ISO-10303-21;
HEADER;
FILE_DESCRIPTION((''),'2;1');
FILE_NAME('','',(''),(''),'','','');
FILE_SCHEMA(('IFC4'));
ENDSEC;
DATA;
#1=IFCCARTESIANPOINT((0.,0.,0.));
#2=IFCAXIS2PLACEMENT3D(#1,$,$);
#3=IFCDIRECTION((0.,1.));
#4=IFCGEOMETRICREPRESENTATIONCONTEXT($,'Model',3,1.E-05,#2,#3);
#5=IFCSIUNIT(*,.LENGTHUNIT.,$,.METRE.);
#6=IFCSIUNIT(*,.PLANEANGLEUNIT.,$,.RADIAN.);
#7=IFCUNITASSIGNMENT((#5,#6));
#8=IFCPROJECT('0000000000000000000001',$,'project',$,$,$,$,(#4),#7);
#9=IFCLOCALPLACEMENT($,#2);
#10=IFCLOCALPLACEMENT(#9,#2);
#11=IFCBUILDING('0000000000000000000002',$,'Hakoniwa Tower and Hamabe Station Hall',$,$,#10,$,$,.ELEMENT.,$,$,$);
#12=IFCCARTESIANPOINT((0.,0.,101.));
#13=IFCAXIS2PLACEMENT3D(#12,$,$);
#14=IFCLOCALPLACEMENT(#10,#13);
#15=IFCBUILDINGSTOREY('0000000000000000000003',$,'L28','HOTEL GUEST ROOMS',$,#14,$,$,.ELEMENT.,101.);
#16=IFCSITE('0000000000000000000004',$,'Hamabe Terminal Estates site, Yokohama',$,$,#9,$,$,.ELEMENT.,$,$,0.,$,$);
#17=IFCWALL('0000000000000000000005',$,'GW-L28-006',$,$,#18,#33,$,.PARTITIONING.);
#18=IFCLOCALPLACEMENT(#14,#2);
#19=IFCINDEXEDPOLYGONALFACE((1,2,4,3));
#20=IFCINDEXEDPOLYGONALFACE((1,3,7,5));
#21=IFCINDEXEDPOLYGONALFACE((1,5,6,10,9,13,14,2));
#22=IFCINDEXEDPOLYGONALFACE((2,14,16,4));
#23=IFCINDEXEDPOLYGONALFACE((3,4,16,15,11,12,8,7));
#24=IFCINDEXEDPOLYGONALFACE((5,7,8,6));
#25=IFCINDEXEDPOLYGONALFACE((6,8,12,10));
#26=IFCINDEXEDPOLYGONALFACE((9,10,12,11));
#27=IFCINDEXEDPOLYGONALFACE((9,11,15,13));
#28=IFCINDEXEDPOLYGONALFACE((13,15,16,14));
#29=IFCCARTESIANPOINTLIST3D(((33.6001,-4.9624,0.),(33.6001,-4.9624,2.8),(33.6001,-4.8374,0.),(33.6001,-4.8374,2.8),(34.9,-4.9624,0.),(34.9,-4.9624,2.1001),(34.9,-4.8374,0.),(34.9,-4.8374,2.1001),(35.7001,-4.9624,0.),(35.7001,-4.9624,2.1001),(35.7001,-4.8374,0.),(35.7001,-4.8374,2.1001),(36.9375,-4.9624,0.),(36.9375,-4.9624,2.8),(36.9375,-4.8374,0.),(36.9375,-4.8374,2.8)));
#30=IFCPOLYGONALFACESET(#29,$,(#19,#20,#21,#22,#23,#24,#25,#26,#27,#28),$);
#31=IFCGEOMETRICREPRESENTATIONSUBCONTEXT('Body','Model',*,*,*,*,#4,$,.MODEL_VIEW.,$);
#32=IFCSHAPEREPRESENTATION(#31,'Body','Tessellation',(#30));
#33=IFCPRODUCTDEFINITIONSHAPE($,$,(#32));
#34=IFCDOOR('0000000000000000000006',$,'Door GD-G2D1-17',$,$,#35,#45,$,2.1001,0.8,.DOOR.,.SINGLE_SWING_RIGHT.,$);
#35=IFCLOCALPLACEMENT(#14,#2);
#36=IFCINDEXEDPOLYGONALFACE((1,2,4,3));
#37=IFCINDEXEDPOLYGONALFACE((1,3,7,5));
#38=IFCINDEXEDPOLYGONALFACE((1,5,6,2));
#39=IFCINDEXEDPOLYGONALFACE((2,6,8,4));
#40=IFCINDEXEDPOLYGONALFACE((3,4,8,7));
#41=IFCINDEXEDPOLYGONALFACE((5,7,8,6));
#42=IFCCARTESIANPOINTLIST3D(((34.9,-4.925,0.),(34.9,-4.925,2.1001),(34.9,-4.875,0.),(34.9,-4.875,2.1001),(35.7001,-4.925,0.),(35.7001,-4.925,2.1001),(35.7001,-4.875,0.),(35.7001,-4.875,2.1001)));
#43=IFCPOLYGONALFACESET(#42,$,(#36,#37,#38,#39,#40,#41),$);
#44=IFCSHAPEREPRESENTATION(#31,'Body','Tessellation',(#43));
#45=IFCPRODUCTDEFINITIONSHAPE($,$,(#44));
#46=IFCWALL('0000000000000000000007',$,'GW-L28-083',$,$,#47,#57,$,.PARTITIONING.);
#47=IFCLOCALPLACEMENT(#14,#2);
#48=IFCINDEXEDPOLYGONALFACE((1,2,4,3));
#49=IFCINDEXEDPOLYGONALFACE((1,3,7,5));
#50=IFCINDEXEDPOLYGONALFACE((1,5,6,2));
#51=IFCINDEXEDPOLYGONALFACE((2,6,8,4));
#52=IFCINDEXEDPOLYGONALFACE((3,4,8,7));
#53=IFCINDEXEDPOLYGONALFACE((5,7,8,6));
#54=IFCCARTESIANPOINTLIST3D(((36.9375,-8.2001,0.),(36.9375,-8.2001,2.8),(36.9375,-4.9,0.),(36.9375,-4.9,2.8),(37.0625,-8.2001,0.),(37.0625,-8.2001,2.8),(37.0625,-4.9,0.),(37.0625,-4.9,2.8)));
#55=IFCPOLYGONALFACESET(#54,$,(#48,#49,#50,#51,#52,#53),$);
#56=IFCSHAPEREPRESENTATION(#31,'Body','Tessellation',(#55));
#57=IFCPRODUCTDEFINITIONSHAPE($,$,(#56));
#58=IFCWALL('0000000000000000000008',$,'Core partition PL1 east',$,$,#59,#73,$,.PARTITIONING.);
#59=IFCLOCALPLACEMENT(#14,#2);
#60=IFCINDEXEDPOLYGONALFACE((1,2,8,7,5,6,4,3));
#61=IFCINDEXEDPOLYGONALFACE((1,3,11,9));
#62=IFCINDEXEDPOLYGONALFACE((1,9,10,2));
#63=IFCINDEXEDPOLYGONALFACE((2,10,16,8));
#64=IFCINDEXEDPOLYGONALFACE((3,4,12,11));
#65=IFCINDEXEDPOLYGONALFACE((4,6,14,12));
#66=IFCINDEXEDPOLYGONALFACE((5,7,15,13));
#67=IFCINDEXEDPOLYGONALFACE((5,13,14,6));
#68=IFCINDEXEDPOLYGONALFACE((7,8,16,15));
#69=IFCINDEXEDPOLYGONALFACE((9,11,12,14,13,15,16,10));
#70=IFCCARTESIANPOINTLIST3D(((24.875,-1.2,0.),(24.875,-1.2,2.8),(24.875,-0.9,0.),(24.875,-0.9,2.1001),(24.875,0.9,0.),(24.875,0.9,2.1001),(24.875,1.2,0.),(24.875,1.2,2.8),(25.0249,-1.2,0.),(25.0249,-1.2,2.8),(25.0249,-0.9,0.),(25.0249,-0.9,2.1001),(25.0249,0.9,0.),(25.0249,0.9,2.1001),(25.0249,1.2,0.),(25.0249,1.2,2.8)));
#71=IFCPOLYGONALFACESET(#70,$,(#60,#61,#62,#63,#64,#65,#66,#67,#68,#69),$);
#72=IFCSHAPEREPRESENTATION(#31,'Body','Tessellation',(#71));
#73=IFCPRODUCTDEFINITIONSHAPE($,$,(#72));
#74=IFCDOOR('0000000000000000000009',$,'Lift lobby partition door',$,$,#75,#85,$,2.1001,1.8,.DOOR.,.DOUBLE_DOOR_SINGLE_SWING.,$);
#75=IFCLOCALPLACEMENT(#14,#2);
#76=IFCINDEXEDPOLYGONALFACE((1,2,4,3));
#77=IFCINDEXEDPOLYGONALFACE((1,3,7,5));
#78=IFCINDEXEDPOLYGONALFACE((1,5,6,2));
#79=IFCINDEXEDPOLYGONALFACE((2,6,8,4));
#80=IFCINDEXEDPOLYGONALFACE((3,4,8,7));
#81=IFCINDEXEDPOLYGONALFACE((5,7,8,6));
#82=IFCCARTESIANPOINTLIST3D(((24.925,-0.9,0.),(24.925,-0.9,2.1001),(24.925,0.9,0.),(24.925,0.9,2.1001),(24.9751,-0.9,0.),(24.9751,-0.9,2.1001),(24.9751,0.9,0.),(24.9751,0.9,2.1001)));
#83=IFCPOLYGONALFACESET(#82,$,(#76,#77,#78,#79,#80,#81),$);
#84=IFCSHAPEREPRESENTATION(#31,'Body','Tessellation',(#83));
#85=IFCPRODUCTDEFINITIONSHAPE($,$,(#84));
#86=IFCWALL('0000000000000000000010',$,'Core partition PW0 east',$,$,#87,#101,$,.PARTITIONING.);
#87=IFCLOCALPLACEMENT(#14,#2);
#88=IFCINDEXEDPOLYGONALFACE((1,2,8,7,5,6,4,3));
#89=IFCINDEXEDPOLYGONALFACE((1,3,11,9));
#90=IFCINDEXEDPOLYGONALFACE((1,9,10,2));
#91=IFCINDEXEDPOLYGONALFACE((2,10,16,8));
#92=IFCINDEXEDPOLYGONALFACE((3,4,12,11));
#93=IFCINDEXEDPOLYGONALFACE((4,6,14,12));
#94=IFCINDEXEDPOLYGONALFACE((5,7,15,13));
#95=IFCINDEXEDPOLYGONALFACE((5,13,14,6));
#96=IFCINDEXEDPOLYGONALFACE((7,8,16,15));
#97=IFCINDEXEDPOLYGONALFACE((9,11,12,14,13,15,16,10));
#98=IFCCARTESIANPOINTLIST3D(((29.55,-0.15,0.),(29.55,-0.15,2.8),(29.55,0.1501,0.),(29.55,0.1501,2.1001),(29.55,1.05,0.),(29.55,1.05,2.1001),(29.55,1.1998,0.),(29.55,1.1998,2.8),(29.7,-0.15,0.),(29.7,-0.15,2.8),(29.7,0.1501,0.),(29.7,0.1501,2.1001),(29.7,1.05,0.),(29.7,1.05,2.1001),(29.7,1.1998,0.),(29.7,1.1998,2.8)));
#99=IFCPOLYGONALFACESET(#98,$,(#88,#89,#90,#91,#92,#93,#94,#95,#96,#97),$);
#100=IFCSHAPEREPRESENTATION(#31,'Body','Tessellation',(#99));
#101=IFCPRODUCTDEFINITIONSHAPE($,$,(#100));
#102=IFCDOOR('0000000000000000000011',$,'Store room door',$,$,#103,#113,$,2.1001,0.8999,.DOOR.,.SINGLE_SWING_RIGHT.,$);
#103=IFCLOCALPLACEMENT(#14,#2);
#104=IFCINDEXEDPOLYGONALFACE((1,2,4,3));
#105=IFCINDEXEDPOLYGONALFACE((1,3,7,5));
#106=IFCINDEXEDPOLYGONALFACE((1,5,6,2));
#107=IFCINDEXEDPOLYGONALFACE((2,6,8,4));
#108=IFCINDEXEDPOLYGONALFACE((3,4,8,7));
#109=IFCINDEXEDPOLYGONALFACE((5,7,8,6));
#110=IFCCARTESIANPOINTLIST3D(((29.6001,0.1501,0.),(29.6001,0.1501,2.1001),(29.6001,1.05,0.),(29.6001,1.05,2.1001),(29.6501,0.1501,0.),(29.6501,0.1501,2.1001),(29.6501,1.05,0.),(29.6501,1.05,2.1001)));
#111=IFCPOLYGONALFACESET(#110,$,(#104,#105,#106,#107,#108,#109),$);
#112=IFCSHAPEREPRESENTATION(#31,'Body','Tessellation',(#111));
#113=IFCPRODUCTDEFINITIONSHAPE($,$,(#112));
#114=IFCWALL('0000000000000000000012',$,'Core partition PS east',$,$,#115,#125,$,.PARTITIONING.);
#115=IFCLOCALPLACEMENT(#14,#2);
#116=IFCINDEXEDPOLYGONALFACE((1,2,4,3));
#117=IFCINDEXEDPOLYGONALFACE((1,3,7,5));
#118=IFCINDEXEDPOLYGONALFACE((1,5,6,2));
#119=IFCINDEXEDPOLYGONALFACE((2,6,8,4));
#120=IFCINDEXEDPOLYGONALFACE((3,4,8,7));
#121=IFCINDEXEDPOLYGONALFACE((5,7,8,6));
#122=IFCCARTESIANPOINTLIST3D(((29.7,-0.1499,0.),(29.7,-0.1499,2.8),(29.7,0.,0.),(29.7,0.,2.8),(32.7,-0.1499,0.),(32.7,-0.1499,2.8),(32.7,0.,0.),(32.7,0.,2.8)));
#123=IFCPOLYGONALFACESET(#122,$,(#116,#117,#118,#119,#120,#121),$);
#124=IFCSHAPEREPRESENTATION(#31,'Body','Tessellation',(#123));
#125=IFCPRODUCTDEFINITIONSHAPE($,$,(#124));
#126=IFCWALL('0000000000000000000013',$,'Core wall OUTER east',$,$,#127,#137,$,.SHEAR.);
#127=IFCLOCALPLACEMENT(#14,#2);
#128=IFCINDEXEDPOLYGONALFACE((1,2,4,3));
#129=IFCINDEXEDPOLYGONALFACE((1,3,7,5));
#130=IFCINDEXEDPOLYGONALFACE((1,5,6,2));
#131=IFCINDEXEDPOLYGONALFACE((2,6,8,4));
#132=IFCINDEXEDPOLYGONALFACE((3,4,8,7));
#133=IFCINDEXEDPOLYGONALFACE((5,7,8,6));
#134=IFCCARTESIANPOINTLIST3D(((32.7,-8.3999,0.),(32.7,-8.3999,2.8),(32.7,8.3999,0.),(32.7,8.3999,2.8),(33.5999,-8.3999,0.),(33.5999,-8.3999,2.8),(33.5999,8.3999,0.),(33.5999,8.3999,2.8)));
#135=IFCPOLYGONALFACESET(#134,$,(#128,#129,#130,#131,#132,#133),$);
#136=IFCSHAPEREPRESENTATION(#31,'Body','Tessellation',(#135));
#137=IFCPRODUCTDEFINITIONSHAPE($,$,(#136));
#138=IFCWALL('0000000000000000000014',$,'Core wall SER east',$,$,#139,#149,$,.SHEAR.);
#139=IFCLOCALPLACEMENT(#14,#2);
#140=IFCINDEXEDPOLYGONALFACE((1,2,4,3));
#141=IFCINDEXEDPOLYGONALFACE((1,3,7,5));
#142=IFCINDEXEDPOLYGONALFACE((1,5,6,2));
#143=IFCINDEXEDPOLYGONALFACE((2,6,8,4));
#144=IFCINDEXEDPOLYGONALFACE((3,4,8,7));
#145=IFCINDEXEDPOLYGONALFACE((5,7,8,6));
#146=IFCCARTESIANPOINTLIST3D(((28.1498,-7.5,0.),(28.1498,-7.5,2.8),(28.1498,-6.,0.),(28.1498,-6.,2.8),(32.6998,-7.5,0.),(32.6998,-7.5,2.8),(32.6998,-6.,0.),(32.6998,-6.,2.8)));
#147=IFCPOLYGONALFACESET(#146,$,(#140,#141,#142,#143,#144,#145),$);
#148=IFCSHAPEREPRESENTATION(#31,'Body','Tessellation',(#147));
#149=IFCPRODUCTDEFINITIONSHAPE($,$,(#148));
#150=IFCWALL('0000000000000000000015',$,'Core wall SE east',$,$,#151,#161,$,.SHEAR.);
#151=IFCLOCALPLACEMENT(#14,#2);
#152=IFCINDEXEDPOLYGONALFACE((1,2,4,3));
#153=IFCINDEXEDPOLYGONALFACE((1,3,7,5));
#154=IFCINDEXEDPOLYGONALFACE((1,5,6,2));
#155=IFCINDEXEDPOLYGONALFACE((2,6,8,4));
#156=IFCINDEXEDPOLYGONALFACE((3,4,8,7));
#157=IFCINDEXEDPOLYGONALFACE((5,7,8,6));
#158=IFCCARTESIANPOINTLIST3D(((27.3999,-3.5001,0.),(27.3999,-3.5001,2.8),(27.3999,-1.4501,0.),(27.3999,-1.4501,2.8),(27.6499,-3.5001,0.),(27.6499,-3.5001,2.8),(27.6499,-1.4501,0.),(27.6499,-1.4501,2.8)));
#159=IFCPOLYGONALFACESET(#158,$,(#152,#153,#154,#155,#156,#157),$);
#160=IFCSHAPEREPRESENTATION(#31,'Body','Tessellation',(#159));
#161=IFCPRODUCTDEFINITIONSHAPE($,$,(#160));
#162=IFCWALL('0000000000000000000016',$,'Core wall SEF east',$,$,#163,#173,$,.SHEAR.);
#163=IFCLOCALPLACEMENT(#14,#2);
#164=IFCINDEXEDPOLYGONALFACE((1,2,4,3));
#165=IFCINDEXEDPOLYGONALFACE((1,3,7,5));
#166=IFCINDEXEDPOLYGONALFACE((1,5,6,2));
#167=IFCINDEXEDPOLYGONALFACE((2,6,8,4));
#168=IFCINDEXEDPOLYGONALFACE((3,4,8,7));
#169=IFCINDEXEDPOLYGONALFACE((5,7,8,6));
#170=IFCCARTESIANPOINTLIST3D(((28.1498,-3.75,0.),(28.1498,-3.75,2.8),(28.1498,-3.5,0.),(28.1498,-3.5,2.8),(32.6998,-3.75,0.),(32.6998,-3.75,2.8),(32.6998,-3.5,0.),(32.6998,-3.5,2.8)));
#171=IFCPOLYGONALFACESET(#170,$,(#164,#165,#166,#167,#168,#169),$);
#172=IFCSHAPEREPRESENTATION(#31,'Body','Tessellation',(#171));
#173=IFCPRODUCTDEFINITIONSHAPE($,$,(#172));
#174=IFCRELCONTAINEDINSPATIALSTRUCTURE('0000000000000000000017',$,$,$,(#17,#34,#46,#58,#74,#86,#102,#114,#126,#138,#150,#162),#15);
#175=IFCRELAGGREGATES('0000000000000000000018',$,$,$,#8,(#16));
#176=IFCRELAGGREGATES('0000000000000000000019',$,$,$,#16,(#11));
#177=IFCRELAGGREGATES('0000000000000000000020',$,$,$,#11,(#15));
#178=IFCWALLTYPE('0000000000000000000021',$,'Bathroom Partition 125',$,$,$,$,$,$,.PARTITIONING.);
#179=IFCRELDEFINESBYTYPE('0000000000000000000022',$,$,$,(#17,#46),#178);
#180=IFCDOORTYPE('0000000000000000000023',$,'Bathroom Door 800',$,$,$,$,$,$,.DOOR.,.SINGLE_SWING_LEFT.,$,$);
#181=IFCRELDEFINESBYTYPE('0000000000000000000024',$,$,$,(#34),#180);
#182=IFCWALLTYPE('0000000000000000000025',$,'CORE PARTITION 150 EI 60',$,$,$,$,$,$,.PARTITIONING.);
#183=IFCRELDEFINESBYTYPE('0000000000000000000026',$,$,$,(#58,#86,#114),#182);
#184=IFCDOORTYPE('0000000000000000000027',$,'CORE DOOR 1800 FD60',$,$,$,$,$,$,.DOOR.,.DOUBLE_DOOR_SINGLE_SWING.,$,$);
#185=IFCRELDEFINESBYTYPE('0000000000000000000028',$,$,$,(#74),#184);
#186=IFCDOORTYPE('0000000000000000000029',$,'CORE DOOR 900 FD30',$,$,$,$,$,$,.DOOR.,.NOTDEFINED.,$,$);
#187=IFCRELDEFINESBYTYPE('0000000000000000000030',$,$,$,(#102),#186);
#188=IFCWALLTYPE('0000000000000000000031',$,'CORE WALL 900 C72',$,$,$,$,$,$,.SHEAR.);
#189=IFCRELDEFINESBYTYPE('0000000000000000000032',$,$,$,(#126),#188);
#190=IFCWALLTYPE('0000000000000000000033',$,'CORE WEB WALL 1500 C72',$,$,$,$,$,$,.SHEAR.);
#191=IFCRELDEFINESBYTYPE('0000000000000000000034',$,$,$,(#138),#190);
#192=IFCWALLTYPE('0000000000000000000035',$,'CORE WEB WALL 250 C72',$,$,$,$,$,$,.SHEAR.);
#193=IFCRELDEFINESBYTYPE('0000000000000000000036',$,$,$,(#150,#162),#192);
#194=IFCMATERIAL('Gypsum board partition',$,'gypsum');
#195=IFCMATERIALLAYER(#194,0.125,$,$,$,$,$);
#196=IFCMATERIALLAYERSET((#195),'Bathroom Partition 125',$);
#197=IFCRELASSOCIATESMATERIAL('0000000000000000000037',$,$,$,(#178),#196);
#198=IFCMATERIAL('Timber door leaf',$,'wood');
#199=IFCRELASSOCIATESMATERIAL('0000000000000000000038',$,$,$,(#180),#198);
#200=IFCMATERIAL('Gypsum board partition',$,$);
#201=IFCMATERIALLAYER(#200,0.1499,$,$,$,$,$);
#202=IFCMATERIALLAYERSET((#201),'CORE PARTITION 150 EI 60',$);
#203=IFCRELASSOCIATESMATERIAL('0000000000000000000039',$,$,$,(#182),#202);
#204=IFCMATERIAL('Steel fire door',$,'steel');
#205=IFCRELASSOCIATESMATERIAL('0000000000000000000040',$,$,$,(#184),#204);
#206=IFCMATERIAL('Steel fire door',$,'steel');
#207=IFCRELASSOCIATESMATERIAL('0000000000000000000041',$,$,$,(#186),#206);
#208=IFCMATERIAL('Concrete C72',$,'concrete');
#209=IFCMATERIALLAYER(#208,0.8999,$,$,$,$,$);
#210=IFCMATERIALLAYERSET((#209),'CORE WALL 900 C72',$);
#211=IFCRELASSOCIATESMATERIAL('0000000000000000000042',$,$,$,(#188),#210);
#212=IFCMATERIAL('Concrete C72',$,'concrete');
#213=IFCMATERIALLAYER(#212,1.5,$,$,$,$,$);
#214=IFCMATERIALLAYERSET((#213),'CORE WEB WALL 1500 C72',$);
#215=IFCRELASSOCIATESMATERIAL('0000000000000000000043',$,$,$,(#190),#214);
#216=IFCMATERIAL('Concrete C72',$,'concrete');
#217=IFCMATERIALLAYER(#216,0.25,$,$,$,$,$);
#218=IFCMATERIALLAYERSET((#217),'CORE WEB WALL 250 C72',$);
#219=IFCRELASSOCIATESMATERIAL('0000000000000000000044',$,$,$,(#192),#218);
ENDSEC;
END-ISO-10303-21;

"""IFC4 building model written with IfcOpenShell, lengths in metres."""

from ifc_helpers import new_model, si_unit, direction, frame, frame_2d, origin, place, context, subcontext, project, spatial, rectangle, extrude, material, layer, layer_set, type_object, element, fill, save


model = new_model("IFC4")

# Units and contexts
model_context = context("Model", 3, precision=1e-05, world=origin(), true_north=direction((0.0, 1.0)))
body_context = subcontext(model_context, "Body", "Model", "MODEL_VIEW")
ifc_project = project(units=[si_unit("LENGTHUNIT", "METRE"), si_unit("PLANEANGLEUNIT", "RADIAN")], contexts=[model_context])

# Site, building, storey
site_placement = place(None, origin())
site = spatial("IfcSite", under=ifc_project, at=site_placement, Name="Hamabe Terminal Estates site, Yokohama", CompositionType="ELEMENT", RefElevation=0.0)
building_placement = place(site_placement, origin())
building = spatial("IfcBuilding", under=site, at=building_placement, Name="Hakoniwa Tower and Hamabe Station Hall", CompositionType="ELEMENT")
storey_placement = place(building_placement, frame((0.0, 0.0, 101.0)))
storey = spatial("IfcBuildingStorey", under=building, at=storey_placement, Name="L28", Description="HOTEL GUEST ROOMS", CompositionType="ELEMENT", Elevation=101.0)

# Wall, opening, door
ifc_material_1 = material(Name="Gypsum board partition", Category="gypsum")
ifc_layer_1 = layer(ifc_material_1, 0.125)
ifc_layer_set_1 = layer_set([ifc_layer_1], Name="Bathroom Partition 125")
wall_type_1 = type_object("IfcWallType", Name="Bathroom Partition 125", PredefinedType="PARTITIONING", material=ifc_layer_set_1)
wall_1_placement = place(storey_placement, frame((33.6001, -4.8999, 0.0), z_axis=(0.0, 0.0, 1.0), x_axis=(1.0, 0.0, 0.0)))
wall_1 = element("IfcWall", 1, at=wall_1_placement, inside=storey, type_object=wall_type_1, Name="GW-L28-006", PredefinedType="PARTITIONING", context=body_context, shape_type="SweptSolid", body=[
    extrude(rectangle(XDim=3.3374, YDim=0.125, at=frame_2d((1.6687, 0.0))), origin(), (0.0, 0.0, 1.0), 2.8),
])
opening_1_placement = place(wall_1_placement, frame((1.3, 0.0, 0.0)))
opening_1 = element("IfcOpeningElement", 2, at=opening_1_placement, cuts=wall_1, PredefinedType="OPENING", context=body_context, shape_type="SweptSolid", body=[
    extrude(rectangle(XDim=0.8, YDim=2.1001, at=frame_2d((0.3999, 1.05))), frame((0.0, 0.0725, 0.0), z_axis=(0.0, -1.0, 0.0), x_axis=(1.0, 0.0, 0.0)), (0.0, 0.0, 1.0), 0.145),
])
ifc_material_2 = material(Name="Timber door leaf", Category="wood")
door_type_1 = type_object("IfcDoorType", Name="Bathroom Door 800", OperationType="SINGLE_SWING_LEFT", PredefinedType="DOOR", material=ifc_material_2)
door_1_placement = place(opening_1_placement, origin())
door_1 = element("IfcDoor", 3, at=door_1_placement, inside=storey, type_object=door_type_1, Name="Door GD-G2D1-17", OperationType="SINGLE_SWING_RIGHT", OverallHeight=2.1001, OverallWidth=0.8, PredefinedType="DOOR", context=body_context, shape_type="SweptSolid", body=[
    extrude(rectangle(XDim=0.8, YDim=2.1001, at=frame_2d((0.3999, 1.05))), frame((0.0, 0.0249, 0.0), z_axis=(0.0, -1.0, 0.0), x_axis=(1.0, 0.0, 0.0)), (0.0, 0.0, 1.0), 0.05),
])
fill(opening_1, door_1)

# Wall
wall_2_placement = place(storey_placement, frame((37.0, -8.2, 0.0), z_axis=(0.0, 0.0, 1.0), x_axis=(0.0, 1.0, 0.0)))
element("IfcWall", 4, at=wall_2_placement, inside=storey, type_object=wall_type_1, Name="GW-L28-083", PredefinedType="PARTITIONING", context=body_context, shape_type="SweptSolid", body=[
    extrude(rectangle(XDim=3.3, YDim=0.125, at=frame_2d((1.6499, 0.0))), origin(), (0.0, 0.0, 1.0), 2.8),
])

# Walls, openings, doors
ifc_material_3 = material(Name="Gypsum board partition")
ifc_layer_2 = layer(ifc_material_3, 0.1499)
ifc_layer_set_2 = layer_set([ifc_layer_2], Name="CORE PARTITION 150 EI 60")
wall_type_2 = type_object("IfcWallType", Name="CORE PARTITION 150 EI 60", PredefinedType="PARTITIONING", material=ifc_layer_set_2)
wall_3_placement = place(storey_placement, frame((24.95, -1.2, 0.0), z_axis=(0.0, 0.0, 1.0), x_axis=(0.0, 1.0, 0.0)))
wall_3 = element("IfcWall", 5, at=wall_3_placement, inside=storey, type_object=wall_type_2, Name="Core partition PL1 east", PredefinedType="PARTITIONING", context=body_context, shape_type="SweptSolid", body=[
    extrude(rectangle(XDim=2.3999, YDim=0.1499, at=frame_2d((1.2, 0.0))), origin(), (0.0, 0.0, 1.0), 2.8),
])
opening_2_placement = place(wall_3_placement, frame((0.3, 0.0, 0.0)))
opening_2 = element("IfcOpeningElement", 6, at=opening_2_placement, cuts=wall_3, PredefinedType="OPENING", context=body_context, shape_type="SweptSolid", body=[
    extrude(rectangle(XDim=1.8, YDim=2.1001, at=frame_2d((0.8999, 1.05))), frame((0.0, 0.085, 0.0), z_axis=(0.0, -1.0, 0.0), x_axis=(1.0, 0.0, 0.0)), (0.0, 0.0, 1.0), 0.1699),
])
ifc_material_4 = material(Name="Steel fire door", Category="steel")
door_type_2 = type_object("IfcDoorType", Name="CORE DOOR 1800 FD60", OperationType="DOUBLE_DOOR_SINGLE_SWING", PredefinedType="DOOR", material=ifc_material_4)
door_2_placement = place(opening_2_placement, origin())
door_2 = element("IfcDoor", 7, at=door_2_placement, inside=storey, type_object=door_type_2, Name="Lift lobby partition door", OperationType="DOUBLE_DOOR_SINGLE_SWING", OverallHeight=2.1001, OverallWidth=1.8, PredefinedType="DOOR", context=body_context, shape_type="SweptSolid", body=[
    extrude(rectangle(XDim=1.8, YDim=2.1001, at=frame_2d((0.8999, 1.05))), frame((0.0, 0.0249, 0.0), z_axis=(0.0, -1.0, 0.0), x_axis=(1.0, 0.0, 0.0)), (0.0, 0.0, 1.0), 0.05),
])
fill(opening_2, door_2)
wall_4_placement = place(storey_placement, frame((29.625, -0.1499, 0.0), z_axis=(0.0, 0.0, 1.0), x_axis=(0.0, 1.0, 0.0)))
wall_4 = element("IfcWall", 8, at=wall_4_placement, inside=storey, type_object=wall_type_2, Name="Core partition PW0 east", PredefinedType="PARTITIONING", context=body_context, shape_type="SweptSolid", body=[
    extrude(rectangle(XDim=1.3499, YDim=0.1499, at=frame_2d((0.6748, 0.0))), origin(), (0.0, 0.0, 1.0), 2.8),
])
opening_3_placement = place(wall_4_placement, frame((0.3, 0.0, 0.0)))
opening_3 = element("IfcOpeningElement", 9, at=opening_3_placement, cuts=wall_4, PredefinedType="OPENING", context=body_context, shape_type="SweptSolid", body=[
    extrude(rectangle(XDim=0.8999, YDim=2.1001, at=frame_2d((0.45, 1.05))), frame((0.0, 0.085, 0.0), z_axis=(0.0, -1.0, 0.0), x_axis=(1.0, 0.0, 0.0)), (0.0, 0.0, 1.0), 0.1699),
])
ifc_material_5 = material(Name="Steel fire door", Category="steel")
door_type_3 = type_object("IfcDoorType", Name="CORE DOOR 900 FD30", OperationType="NOTDEFINED", PredefinedType="DOOR", material=ifc_material_5)
door_3_placement = place(opening_3_placement, origin())
door_3 = element("IfcDoor", 10, at=door_3_placement, inside=storey, type_object=door_type_3, Name="Store room door", OperationType="SINGLE_SWING_RIGHT", OverallHeight=2.1001, OverallWidth=0.8999, PredefinedType="DOOR", context=body_context, shape_type="SweptSolid", body=[
    extrude(rectangle(XDim=0.8999, YDim=2.1001, at=frame_2d((0.45, 1.05))), frame((0.0, 0.0249, 0.0), z_axis=(0.0, -1.0, 0.0), x_axis=(1.0, 0.0, 0.0)), (0.0, 0.0, 1.0), 0.05),
])
fill(opening_3, door_3)

# Walls
wall_5_placement = place(storey_placement, frame((29.7, -0.075, 0.0), z_axis=(0.0, 0.0, 1.0), x_axis=(1.0, 0.0, 0.0)))
element("IfcWall", 11, at=wall_5_placement, inside=storey, type_object=wall_type_2, Name="Core partition PS east", PredefinedType="PARTITIONING", context=body_context, shape_type="SweptSolid", body=[
    extrude(rectangle(XDim=3.0, YDim=0.1499, at=frame_2d((1.5, 0.0))), origin(), (0.0, 0.0, 1.0), 2.8),
])
ifc_material_6 = material(Name="Concrete C72", Category="concrete")
ifc_layer_3 = layer(ifc_material_6, 0.8999)
ifc_layer_set_3 = layer_set([ifc_layer_3], Name="CORE WALL 900 C72")
wall_type_3 = type_object("IfcWallType", Name="CORE WALL 900 C72", PredefinedType="SHEAR", material=ifc_layer_set_3)
wall_6_placement = place(storey_placement, frame((33.1499, -8.3999, 0.0), z_axis=(0.0, 0.0, 1.0), x_axis=(0.0, 1.0, 0.0)))
element("IfcWall", 12, at=wall_6_placement, inside=storey, type_object=wall_type_3, Name="Core wall OUTER east", PredefinedType="SHEAR", context=body_context, shape_type="SweptSolid", body=[
    extrude(rectangle(XDim=16.7998, YDim=0.8999, at=frame_2d((8.3999, 0.0))), origin(), (0.0, 0.0, 1.0), 2.8),
])
ifc_material_7 = material(Name="Concrete C72", Category="concrete")
ifc_layer_4 = layer(ifc_material_7, 1.5)
ifc_layer_set_4 = layer_set([ifc_layer_4], Name="CORE WEB WALL 1500 C72")
wall_type_4 = type_object("IfcWallType", Name="CORE WEB WALL 1500 C72", PredefinedType="SHEAR", material=ifc_layer_set_4)
wall_7_placement = place(storey_placement, frame((28.1499, -6.75, 0.0), z_axis=(0.0, 0.0, 1.0), x_axis=(1.0, 0.0, 0.0)))
element("IfcWall", 13, at=wall_7_placement, inside=storey, type_object=wall_type_4, Name="Core wall SER east", PredefinedType="SHEAR", context=body_context, shape_type="SweptSolid", body=[
    extrude(rectangle(XDim=4.55, YDim=1.5, at=frame_2d((2.2749, 0.0))), origin(), (0.0, 0.0, 1.0), 2.8),
])
ifc_material_8 = material(Name="Concrete C72", Category="concrete")
ifc_layer_5 = layer(ifc_material_8, 0.25)
ifc_layer_set_5 = layer_set([ifc_layer_5], Name="CORE WEB WALL 250 C72")
wall_type_5 = type_object("IfcWallType", Name="CORE WEB WALL 250 C72", PredefinedType="SHEAR", material=ifc_layer_set_5)
wall_8_placement = place(storey_placement, frame((27.5249, -3.5, 0.0), z_axis=(0.0, 0.0, 1.0), x_axis=(0.0, 1.0, 0.0)))
element("IfcWall", 14, at=wall_8_placement, inside=storey, type_object=wall_type_5, Name="Core wall SE east", PredefinedType="SHEAR", context=body_context, shape_type="SweptSolid", body=[
    extrude(rectangle(XDim=2.05, YDim=0.25, at=frame_2d((1.0249, 0.0))), origin(), (0.0, 0.0, 1.0), 2.8),
])
wall_9_placement = place(storey_placement, frame((28.1499, -3.625, 0.0), z_axis=(0.0, 0.0, 1.0), x_axis=(1.0, 0.0, 0.0)))
element("IfcWall", 15, at=wall_9_placement, inside=storey, type_object=wall_type_5, Name="Core wall SEF east", PredefinedType="SHEAR", context=body_context, shape_type="SweptSolid", body=[
    extrude(rectangle(XDim=4.55, YDim=0.25, at=frame_2d((2.2749, 0.0))), origin(), (0.0, 0.0, 1.0), 2.8),
])

save(model, "model.ifc")
